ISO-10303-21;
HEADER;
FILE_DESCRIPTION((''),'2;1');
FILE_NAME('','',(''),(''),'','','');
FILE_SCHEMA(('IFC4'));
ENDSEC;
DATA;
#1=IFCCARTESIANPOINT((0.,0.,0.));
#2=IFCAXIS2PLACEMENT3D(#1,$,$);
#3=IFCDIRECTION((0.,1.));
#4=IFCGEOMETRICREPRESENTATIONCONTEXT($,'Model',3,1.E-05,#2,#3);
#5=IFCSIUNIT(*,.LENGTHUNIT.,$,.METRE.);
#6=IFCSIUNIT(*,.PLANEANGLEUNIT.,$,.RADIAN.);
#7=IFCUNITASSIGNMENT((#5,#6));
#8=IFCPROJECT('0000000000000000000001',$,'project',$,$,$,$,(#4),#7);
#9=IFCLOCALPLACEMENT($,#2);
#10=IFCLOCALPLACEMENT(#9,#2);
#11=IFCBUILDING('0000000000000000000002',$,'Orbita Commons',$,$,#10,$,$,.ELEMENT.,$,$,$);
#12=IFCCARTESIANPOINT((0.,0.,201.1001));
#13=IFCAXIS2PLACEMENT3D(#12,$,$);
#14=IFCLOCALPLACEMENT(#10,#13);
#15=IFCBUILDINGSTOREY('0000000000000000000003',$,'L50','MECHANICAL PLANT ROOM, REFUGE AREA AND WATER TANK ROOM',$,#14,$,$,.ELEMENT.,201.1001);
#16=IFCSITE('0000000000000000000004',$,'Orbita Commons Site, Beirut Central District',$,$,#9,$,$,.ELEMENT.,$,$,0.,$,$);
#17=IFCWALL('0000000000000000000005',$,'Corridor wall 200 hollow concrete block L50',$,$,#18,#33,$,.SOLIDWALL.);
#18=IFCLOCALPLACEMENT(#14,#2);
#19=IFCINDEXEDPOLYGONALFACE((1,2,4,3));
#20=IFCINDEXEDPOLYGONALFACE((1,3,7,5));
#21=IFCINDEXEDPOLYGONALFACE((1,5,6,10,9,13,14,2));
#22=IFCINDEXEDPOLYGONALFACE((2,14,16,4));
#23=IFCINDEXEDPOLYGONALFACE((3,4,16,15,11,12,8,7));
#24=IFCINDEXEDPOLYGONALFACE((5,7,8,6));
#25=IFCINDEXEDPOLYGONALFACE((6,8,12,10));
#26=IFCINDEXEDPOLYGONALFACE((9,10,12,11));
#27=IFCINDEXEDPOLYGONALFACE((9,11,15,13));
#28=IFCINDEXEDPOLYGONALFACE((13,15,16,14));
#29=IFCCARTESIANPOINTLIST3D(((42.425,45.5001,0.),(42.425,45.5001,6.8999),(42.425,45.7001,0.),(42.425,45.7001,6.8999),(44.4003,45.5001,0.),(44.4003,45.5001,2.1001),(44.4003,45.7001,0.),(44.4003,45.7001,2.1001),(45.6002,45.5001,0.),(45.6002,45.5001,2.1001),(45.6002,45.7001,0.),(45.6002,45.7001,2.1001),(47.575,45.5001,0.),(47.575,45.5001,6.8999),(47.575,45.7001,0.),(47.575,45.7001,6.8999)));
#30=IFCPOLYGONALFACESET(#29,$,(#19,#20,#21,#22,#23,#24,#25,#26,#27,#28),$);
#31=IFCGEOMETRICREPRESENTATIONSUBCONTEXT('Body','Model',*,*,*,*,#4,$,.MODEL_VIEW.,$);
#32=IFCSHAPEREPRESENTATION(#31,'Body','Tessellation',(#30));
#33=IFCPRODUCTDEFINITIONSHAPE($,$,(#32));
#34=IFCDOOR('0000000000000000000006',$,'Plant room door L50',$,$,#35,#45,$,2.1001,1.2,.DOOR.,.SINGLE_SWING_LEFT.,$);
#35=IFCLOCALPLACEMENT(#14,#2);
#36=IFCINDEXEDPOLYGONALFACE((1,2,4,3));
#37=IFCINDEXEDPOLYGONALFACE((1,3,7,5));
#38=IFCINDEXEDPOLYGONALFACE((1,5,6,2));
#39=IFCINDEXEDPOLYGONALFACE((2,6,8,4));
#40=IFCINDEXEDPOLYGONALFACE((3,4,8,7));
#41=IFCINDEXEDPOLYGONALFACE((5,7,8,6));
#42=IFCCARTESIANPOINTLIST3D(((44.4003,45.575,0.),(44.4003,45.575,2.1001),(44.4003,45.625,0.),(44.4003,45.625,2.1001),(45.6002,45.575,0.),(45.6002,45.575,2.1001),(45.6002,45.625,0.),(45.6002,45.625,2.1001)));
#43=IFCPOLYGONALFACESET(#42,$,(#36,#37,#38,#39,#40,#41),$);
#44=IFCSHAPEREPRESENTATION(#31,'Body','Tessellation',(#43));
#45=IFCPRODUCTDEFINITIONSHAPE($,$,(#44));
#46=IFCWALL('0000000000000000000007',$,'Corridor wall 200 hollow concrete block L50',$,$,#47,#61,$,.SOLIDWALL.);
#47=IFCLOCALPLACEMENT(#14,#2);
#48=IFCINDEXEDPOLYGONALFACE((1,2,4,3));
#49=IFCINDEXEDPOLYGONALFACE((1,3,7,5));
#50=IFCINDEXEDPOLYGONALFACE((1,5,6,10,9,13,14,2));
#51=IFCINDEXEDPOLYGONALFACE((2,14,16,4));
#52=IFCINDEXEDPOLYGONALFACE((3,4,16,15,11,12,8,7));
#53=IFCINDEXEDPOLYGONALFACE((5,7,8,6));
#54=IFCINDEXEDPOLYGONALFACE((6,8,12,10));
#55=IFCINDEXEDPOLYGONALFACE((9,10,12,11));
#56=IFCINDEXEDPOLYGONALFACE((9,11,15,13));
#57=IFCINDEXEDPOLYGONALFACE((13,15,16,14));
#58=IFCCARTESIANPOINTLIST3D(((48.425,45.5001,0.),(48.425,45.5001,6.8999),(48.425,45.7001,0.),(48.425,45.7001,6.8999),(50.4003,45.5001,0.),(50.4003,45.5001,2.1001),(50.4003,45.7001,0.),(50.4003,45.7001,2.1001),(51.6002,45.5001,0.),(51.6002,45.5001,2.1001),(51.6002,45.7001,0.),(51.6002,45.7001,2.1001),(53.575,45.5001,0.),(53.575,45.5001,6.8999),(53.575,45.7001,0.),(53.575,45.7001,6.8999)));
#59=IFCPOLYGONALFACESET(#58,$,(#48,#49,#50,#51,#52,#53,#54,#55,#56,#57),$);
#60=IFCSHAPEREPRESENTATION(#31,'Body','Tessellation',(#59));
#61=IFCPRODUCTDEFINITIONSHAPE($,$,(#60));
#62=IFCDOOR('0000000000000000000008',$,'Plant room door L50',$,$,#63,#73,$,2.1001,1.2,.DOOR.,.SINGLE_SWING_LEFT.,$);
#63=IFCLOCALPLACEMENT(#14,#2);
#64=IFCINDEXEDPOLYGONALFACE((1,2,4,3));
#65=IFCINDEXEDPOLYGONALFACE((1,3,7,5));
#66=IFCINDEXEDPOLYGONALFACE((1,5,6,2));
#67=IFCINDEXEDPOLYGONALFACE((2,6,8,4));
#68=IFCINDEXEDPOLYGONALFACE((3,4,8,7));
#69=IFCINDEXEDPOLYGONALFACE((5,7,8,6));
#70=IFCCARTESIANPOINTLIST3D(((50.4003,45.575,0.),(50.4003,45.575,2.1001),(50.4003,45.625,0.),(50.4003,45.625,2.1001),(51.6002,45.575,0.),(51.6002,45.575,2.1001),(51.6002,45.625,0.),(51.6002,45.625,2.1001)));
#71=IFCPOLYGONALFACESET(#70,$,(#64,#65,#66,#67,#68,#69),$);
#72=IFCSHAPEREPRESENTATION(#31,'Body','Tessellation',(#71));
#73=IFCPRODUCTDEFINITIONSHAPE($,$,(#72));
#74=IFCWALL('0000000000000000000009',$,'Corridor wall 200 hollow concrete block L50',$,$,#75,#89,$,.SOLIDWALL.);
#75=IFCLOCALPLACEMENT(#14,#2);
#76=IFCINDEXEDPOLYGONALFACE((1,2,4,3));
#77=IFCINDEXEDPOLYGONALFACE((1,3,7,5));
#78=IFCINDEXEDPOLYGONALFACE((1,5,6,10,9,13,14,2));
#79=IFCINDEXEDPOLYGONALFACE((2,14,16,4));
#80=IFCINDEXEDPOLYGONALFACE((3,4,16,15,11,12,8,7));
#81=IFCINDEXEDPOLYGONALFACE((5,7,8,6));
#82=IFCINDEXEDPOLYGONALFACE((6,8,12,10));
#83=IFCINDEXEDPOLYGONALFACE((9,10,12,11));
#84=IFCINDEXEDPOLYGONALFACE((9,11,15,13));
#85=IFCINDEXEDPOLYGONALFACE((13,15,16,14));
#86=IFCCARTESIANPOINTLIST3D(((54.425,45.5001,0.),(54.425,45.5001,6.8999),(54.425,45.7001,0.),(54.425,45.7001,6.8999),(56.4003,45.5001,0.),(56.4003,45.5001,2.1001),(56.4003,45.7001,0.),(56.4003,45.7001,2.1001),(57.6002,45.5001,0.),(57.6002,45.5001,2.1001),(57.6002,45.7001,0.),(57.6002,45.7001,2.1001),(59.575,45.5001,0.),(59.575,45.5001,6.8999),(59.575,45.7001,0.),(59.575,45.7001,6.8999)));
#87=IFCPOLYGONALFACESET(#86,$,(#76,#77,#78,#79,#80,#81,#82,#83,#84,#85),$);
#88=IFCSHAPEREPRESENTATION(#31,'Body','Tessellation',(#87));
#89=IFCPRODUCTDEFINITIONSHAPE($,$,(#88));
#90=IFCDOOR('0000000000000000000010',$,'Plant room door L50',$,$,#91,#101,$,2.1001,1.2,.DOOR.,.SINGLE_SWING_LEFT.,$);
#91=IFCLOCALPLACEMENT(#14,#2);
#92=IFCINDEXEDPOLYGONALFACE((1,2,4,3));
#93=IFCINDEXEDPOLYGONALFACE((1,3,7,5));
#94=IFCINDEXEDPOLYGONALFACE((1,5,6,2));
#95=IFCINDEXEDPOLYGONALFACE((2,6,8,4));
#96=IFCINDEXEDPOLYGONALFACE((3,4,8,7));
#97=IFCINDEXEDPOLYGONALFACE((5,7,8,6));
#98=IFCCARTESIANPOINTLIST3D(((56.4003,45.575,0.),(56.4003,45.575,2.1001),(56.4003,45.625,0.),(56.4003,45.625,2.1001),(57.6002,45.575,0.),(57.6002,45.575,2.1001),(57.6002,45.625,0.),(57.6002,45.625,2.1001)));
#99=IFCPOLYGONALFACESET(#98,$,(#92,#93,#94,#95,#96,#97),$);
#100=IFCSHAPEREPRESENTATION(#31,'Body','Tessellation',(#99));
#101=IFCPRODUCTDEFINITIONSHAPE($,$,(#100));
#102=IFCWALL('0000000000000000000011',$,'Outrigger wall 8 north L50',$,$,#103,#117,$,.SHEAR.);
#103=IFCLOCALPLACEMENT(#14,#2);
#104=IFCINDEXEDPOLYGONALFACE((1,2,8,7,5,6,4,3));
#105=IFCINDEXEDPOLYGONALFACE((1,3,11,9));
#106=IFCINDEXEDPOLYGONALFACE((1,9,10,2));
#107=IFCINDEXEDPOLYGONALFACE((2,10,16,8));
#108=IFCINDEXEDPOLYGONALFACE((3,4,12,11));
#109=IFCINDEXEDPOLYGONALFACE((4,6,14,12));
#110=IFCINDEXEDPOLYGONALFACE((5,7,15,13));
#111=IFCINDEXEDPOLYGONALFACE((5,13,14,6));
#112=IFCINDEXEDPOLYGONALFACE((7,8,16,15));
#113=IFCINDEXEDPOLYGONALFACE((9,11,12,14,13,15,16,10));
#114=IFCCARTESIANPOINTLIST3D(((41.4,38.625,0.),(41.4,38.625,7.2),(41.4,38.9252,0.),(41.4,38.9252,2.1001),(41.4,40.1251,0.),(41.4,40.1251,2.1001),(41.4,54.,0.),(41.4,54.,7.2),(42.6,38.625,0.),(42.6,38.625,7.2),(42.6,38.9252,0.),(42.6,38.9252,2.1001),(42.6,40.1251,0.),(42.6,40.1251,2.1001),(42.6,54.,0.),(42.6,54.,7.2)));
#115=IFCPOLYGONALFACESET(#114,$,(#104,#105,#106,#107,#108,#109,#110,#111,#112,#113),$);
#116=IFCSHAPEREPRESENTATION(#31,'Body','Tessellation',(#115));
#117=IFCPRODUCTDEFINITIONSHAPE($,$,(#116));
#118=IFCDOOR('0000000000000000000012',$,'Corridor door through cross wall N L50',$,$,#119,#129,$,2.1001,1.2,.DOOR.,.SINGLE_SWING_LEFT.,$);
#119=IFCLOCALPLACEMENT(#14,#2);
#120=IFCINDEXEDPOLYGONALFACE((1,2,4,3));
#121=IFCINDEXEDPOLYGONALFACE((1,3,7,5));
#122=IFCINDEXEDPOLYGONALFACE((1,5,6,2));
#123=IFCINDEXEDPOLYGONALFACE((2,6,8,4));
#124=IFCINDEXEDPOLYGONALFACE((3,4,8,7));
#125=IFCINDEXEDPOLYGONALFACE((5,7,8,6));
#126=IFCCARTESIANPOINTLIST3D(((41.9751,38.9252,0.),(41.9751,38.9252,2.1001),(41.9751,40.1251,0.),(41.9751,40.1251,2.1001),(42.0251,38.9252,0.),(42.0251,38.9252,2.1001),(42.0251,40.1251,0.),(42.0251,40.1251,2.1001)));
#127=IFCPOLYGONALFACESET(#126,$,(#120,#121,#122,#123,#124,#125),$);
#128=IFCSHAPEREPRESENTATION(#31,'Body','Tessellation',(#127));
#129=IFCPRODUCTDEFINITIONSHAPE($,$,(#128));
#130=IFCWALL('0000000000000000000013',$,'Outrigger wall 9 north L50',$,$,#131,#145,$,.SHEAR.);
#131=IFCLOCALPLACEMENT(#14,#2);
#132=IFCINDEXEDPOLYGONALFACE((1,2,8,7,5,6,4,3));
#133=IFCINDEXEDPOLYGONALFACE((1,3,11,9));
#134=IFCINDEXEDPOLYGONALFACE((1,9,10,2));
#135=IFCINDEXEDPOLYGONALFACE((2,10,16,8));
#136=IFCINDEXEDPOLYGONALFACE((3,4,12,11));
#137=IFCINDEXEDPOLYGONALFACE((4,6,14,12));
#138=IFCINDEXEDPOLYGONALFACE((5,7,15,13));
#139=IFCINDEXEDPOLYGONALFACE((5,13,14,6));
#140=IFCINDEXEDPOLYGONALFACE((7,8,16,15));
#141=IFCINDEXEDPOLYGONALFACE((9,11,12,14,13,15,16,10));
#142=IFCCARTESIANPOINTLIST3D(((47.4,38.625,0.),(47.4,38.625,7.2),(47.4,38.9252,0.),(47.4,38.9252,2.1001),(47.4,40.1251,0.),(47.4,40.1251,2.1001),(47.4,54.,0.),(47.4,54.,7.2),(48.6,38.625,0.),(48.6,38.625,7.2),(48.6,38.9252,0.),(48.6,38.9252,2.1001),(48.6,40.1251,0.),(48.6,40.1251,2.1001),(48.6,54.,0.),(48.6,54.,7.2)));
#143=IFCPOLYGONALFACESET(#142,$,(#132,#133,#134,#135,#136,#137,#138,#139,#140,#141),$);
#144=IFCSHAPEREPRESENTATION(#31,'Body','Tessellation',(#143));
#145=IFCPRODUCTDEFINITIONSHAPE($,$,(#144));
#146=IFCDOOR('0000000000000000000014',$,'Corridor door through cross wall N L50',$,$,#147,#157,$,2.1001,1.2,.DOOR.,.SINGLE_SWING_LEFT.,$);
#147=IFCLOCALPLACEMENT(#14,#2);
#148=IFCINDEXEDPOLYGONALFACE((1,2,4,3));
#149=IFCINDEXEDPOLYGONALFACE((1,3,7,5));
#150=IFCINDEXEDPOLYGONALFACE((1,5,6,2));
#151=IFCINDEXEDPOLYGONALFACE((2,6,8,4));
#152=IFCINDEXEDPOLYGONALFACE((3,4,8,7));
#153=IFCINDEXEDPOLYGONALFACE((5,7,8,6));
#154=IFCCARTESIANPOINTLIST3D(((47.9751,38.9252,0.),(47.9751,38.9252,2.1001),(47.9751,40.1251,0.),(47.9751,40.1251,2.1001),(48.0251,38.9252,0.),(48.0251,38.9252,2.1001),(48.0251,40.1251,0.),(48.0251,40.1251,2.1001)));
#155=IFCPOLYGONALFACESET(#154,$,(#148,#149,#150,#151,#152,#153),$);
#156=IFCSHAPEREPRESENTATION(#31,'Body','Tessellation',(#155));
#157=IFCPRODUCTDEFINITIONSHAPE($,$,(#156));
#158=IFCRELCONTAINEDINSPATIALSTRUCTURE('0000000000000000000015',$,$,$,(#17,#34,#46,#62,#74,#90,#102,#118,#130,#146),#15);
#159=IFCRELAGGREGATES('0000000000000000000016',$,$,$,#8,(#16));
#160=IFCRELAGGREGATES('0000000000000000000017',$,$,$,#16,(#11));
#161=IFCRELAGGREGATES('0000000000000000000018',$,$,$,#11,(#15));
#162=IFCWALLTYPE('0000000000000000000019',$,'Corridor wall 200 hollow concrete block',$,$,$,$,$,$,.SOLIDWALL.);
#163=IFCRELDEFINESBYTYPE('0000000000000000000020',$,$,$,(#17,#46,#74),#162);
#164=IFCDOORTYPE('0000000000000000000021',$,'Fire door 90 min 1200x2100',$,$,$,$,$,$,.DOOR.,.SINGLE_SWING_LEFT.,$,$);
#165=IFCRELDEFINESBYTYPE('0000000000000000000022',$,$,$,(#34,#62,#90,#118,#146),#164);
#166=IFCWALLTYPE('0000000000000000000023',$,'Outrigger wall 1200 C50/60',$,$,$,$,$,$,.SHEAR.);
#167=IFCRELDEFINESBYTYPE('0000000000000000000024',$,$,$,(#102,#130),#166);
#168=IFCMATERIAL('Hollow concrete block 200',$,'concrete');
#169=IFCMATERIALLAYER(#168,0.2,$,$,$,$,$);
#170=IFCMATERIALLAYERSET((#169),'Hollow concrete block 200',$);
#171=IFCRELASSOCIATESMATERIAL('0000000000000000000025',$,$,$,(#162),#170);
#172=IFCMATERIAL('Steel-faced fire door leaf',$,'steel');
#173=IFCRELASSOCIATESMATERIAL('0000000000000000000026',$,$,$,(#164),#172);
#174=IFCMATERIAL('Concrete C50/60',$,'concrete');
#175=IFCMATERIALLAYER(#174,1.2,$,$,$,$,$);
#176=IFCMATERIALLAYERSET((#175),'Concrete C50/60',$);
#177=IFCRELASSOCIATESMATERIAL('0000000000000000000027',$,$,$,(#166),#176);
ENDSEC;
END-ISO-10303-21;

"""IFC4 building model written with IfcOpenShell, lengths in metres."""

from ifc_helpers import new_model, si_unit, direction, frame, frame_2d, origin, place, context, subcontext, project, spatial, rectangle, extrude, material, layer, layer_set, type_object, element, fill, save


model = new_model("IFC4")

# Units and contexts
model_context = context("Model", 3, precision=1e-05, world=origin(), true_north=direction((0.0, 1.0)))
body_context = subcontext(model_context, "Body", "Model", "MODEL_VIEW")
ifc_project = project(units=[si_unit("LENGTHUNIT", "METRE"), si_unit("PLANEANGLEUNIT", "RADIAN")], contexts=[model_context])

# Site, building, storey
site_placement = place(None, origin())
site = spatial("IfcSite", under=ifc_project, at=site_placement, Name="Orbita Commons Site, Beirut Central District", CompositionType="ELEMENT", RefElevation=0.0)
building_placement = place(site_placement, origin())
building = spatial("IfcBuilding", under=site, at=building_placement, Name="Orbita Commons", CompositionType="ELEMENT")
storey_placement = place(building_placement, frame((0.0, 0.0, 201.1001)))
storey = spatial("IfcBuildingStorey", under=building, at=storey_placement, Name="L50", Description="MECHANICAL PLANT ROOM, REFUGE AREA AND WATER TANK ROOM", CompositionType="ELEMENT", Elevation=201.1001)

# Walls, openings, doors
ifc_material_1 = material(Name="Hollow concrete block 200", Category="concrete")
ifc_layer_1 = layer(ifc_material_1, 0.2)
ifc_layer_set_1 = layer_set([ifc_layer_1], Name="Hollow concrete block 200")
wall_type_1 = type_object("IfcWallType", Name="Corridor wall 200 hollow concrete block", PredefinedType="SOLIDWALL", material=ifc_layer_set_1)
wall_1_placement = place(storey_placement, frame((42.425, 45.6001, 0.0), z_axis=(0.0, 0.0, 1.0), x_axis=(1.0, 0.0, 0.0)))
wall_1 = element("IfcWall", 1, at=wall_1_placement, inside=storey, type_object=wall_type_1, Name="Corridor wall 200 hollow concrete block L50", PredefinedType="SOLIDWALL", context=body_context, shape_type="SweptSolid", body=[
    extrude(rectangle(XDim=5.1499, YDim=0.2, at=frame_2d((2.575, 0.0))), origin(), (0.0, 0.0, 1.0), 6.8999),
])
opening_1_placement = place(wall_1_placement, frame((1.9751, 0.0, 0.0)))
opening_1 = element("IfcOpeningElement", 2, at=opening_1_placement, cuts=wall_1, PredefinedType="OPENING", context=body_context, shape_type="SweptSolid", body=[
    extrude(rectangle(XDim=1.2, YDim=2.1001, at=frame_2d((0.6001, 1.05))), frame((0.0, 0.1099, 0.0), z_axis=(0.0, -1.0, 0.0), x_axis=(1.0, 0.0, 0.0)), (0.0, 0.0, 1.0), 0.22),
])
ifc_material_2 = material(Name="Steel-faced fire door leaf", Category="steel")
door_type = type_object("IfcDoorType", Name="Fire door 90 min 1200x2100", OperationType="SINGLE_SWING_LEFT", PredefinedType="DOOR", material=ifc_material_2)
door_1_placement = place(opening_1_placement, origin())
door_1 = element("IfcDoor", 3, at=door_1_placement, inside=storey, type_object=door_type, Name="Plant room door L50", OperationType="SINGLE_SWING_LEFT", OverallHeight=2.1001, OverallWidth=1.2, PredefinedType="DOOR", context=body_context, shape_type="SweptSolid", body=[
    extrude(rectangle(XDim=1.2, YDim=2.1001, at=frame_2d((0.6001, 1.05))), frame((0.0, 0.0249, 0.0), z_axis=(0.0, -1.0, 0.0), x_axis=(1.0, 0.0, 0.0)), (0.0, 0.0, 1.0), 0.05),
])
fill(opening_1, door_1)
wall_2_placement = place(storey_placement, frame((48.425, 45.6001, 0.0), z_axis=(0.0, 0.0, 1.0), x_axis=(1.0, 0.0, 0.0)))
wall_2 = element("IfcWall", 4, at=wall_2_placement, inside=storey, type_object=wall_type_1, Name="Corridor wall 200 hollow concrete block L50", PredefinedType="SOLIDWALL", context=body_context, shape_type="SweptSolid", body=[
    extrude(rectangle(XDim=5.1499, YDim=0.2, at=frame_2d((2.575, 0.0))), origin(), (0.0, 0.0, 1.0), 6.8999),
])
opening_2_placement = place(wall_2_placement, frame((1.9751, 0.0, 0.0)))
opening_2 = element("IfcOpeningElement", 5, at=opening_2_placement, cuts=wall_2, PredefinedType="OPENING", context=body_context, shape_type="SweptSolid", body=[
    extrude(rectangle(XDim=1.2, YDim=2.1001, at=frame_2d((0.6001, 1.05))), frame((0.0, 0.1099, 0.0), z_axis=(0.0, -1.0, 0.0), x_axis=(1.0, 0.0, 0.0)), (0.0, 0.0, 1.0), 0.22),
])
door_2_placement = place(opening_2_placement, origin())
door_2 = element("IfcDoor", 6, at=door_2_placement, inside=storey, type_object=door_type, Name="Plant room door L50", OperationType="SINGLE_SWING_LEFT", OverallHeight=2.1001, OverallWidth=1.2, PredefinedType="DOOR", context=body_context, shape_type="SweptSolid", body=[
    extrude(rectangle(XDim=1.2, YDim=2.1001, at=frame_2d((0.6001, 1.05))), frame((0.0, 0.0249, 0.0), z_axis=(0.0, -1.0, 0.0), x_axis=(1.0, 0.0, 0.0)), (0.0, 0.0, 1.0), 0.05),
])
fill(opening_2, door_2)
wall_3_placement = place(storey_placement, frame((54.425, 45.6001, 0.0), z_axis=(0.0, 0.0, 1.0), x_axis=(1.0, 0.0, 0.0)))
wall_3 = element("IfcWall", 7, at=wall_3_placement, inside=storey, type_object=wall_type_1, Name="Corridor wall 200 hollow concrete block L50", PredefinedType="SOLIDWALL", context=body_context, shape_type="SweptSolid", body=[
    extrude(rectangle(XDim=5.1499, YDim=0.2, at=frame_2d((2.575, 0.0))), origin(), (0.0, 0.0, 1.0), 6.8999),
])
opening_3_placement = place(wall_3_placement, frame((1.9751, 0.0, 0.0)))
opening_3 = element("IfcOpeningElement", 8, at=opening_3_placement, cuts=wall_3, PredefinedType="OPENING", context=body_context, shape_type="SweptSolid", body=[
    extrude(rectangle(XDim=1.2, YDim=2.1001, at=frame_2d((0.6001, 1.05))), frame((0.0, 0.1099, 0.0), z_axis=(0.0, -1.0, 0.0), x_axis=(1.0, 0.0, 0.0)), (0.0, 0.0, 1.0), 0.22),
])
door_3_placement = place(opening_3_placement, origin())
door_3 = element("IfcDoor", 9, at=door_3_placement, inside=storey, type_object=door_type, Name="Plant room door L50", OperationType="SINGLE_SWING_LEFT", OverallHeight=2.1001, OverallWidth=1.2, PredefinedType="DOOR", context=body_context, shape_type="SweptSolid", body=[
    extrude(rectangle(XDim=1.2, YDim=2.1001, at=frame_2d((0.6001, 1.05))), frame((0.0, 0.0249, 0.0), z_axis=(0.0, -1.0, 0.0), x_axis=(1.0, 0.0, 0.0)), (0.0, 0.0, 1.0), 0.05),
])
fill(opening_3, door_3)
ifc_material_3 = material(Name="Concrete C50/60", Category="concrete")
ifc_layer_2 = layer(ifc_material_3, 1.2)
ifc_layer_set_2 = layer_set([ifc_layer_2], Name="Concrete C50/60")
wall_type_2 = type_object("IfcWallType", Name="Outrigger wall 1200 C50/60", PredefinedType="SHEAR", material=ifc_layer_set_2)
wall_4_placement = place(storey_placement, frame((42.0, 38.625, 0.0), z_axis=(0.0, 0.0, 1.0), x_axis=(0.0, 1.0, 0.0)))
wall_4 = element("IfcWall", 10, at=wall_4_placement, inside=storey, type_object=wall_type_2, Name="Outrigger wall 8 north L50", PredefinedType="SHEAR", context=body_context, shape_type="SweptSolid", body=[
    extrude(rectangle(XDim=15.375, YDim=1.2, at=frame_2d((7.6875, 0.0))), origin(), (0.0, 0.0, 1.0), 7.2),
])
opening_4_placement = place(wall_4_placement, frame((0.3, 0.0, 0.0)))
opening_4 = element("IfcOpeningElement", 11, at=opening_4_placement, cuts=wall_4, PredefinedType="OPENING", context=body_context, shape_type="SweptSolid", body=[
    extrude(rectangle(XDim=1.2, YDim=2.1001, at=frame_2d((0.6001, 1.05))), frame((0.0, 0.6099, 0.0), z_axis=(0.0, -1.0, 0.0), x_axis=(1.0, 0.0, 0.0)), (0.0, 0.0, 1.0), 1.22),
])
door_4_placement = place(opening_4_placement, origin())
door_4 = element("IfcDoor", 12, at=door_4_placement, inside=storey, type_object=door_type, Name="Corridor door through cross wall N L50", OperationType="SINGLE_SWING_LEFT", OverallHeight=2.1001, OverallWidth=1.2, PredefinedType="DOOR", context=body_context, shape_type="SweptSolid", body=[
    extrude(rectangle(XDim=1.2, YDim=2.1001, at=frame_2d((0.6001, 1.05))), frame((0.0, 0.0249, 0.0), z_axis=(0.0, -1.0, 0.0), x_axis=(1.0, 0.0, 0.0)), (0.0, 0.0, 1.0), 0.05),
])
fill(opening_4, door_4)
wall_5_placement = place(storey_placement, frame((48.0, 38.625, 0.0), z_axis=(0.0, 0.0, 1.0), x_axis=(0.0, 1.0, 0.0)))
wall_5 = element("IfcWall", 13, at=wall_5_placement, inside=storey, type_object=wall_type_2, Name="Outrigger wall 9 north L50", PredefinedType="SHEAR", context=body_context, shape_type="SweptSolid", body=[
    extrude(rectangle(XDim=15.375, YDim=1.2, at=frame_2d((7.6875, 0.0))), origin(), (0.0, 0.0, 1.0), 7.2),
])
opening_5_placement = place(wall_5_placement, frame((0.3, 0.0, 0.0)))
opening_5 = element("IfcOpeningElement", 14, at=opening_5_placement, cuts=wall_5, PredefinedType="OPENING", context=body_context, shape_type="SweptSolid", body=[
    extrude(rectangle(XDim=1.2, YDim=2.1001, at=frame_2d((0.6001, 1.05))), frame((0.0, 0.6099, 0.0), z_axis=(0.0, -1.0, 0.0), x_axis=(1.0, 0.0, 0.0)), (0.0, 0.0, 1.0), 1.22),
])
door_5_placement = place(opening_5_placement, origin())
door_5 = element("IfcDoor", 15, at=door_5_placement, inside=storey, type_object=door_type, Name="Corridor door through cross wall N L50", OperationType="SINGLE_SWING_LEFT", OverallHeight=2.1001, OverallWidth=1.2, PredefinedType="DOOR", context=body_context, shape_type="SweptSolid", body=[
    extrude(rectangle(XDim=1.2, YDim=2.1001, at=frame_2d((0.6001, 1.05))), frame((0.0, 0.0249, 0.0), z_axis=(0.0, -1.0, 0.0), x_axis=(1.0, 0.0, 0.0)), (0.0, 0.0, 1.0), 0.05),
])
fill(opening_5, door_5)

save(model, "model.ifc")
